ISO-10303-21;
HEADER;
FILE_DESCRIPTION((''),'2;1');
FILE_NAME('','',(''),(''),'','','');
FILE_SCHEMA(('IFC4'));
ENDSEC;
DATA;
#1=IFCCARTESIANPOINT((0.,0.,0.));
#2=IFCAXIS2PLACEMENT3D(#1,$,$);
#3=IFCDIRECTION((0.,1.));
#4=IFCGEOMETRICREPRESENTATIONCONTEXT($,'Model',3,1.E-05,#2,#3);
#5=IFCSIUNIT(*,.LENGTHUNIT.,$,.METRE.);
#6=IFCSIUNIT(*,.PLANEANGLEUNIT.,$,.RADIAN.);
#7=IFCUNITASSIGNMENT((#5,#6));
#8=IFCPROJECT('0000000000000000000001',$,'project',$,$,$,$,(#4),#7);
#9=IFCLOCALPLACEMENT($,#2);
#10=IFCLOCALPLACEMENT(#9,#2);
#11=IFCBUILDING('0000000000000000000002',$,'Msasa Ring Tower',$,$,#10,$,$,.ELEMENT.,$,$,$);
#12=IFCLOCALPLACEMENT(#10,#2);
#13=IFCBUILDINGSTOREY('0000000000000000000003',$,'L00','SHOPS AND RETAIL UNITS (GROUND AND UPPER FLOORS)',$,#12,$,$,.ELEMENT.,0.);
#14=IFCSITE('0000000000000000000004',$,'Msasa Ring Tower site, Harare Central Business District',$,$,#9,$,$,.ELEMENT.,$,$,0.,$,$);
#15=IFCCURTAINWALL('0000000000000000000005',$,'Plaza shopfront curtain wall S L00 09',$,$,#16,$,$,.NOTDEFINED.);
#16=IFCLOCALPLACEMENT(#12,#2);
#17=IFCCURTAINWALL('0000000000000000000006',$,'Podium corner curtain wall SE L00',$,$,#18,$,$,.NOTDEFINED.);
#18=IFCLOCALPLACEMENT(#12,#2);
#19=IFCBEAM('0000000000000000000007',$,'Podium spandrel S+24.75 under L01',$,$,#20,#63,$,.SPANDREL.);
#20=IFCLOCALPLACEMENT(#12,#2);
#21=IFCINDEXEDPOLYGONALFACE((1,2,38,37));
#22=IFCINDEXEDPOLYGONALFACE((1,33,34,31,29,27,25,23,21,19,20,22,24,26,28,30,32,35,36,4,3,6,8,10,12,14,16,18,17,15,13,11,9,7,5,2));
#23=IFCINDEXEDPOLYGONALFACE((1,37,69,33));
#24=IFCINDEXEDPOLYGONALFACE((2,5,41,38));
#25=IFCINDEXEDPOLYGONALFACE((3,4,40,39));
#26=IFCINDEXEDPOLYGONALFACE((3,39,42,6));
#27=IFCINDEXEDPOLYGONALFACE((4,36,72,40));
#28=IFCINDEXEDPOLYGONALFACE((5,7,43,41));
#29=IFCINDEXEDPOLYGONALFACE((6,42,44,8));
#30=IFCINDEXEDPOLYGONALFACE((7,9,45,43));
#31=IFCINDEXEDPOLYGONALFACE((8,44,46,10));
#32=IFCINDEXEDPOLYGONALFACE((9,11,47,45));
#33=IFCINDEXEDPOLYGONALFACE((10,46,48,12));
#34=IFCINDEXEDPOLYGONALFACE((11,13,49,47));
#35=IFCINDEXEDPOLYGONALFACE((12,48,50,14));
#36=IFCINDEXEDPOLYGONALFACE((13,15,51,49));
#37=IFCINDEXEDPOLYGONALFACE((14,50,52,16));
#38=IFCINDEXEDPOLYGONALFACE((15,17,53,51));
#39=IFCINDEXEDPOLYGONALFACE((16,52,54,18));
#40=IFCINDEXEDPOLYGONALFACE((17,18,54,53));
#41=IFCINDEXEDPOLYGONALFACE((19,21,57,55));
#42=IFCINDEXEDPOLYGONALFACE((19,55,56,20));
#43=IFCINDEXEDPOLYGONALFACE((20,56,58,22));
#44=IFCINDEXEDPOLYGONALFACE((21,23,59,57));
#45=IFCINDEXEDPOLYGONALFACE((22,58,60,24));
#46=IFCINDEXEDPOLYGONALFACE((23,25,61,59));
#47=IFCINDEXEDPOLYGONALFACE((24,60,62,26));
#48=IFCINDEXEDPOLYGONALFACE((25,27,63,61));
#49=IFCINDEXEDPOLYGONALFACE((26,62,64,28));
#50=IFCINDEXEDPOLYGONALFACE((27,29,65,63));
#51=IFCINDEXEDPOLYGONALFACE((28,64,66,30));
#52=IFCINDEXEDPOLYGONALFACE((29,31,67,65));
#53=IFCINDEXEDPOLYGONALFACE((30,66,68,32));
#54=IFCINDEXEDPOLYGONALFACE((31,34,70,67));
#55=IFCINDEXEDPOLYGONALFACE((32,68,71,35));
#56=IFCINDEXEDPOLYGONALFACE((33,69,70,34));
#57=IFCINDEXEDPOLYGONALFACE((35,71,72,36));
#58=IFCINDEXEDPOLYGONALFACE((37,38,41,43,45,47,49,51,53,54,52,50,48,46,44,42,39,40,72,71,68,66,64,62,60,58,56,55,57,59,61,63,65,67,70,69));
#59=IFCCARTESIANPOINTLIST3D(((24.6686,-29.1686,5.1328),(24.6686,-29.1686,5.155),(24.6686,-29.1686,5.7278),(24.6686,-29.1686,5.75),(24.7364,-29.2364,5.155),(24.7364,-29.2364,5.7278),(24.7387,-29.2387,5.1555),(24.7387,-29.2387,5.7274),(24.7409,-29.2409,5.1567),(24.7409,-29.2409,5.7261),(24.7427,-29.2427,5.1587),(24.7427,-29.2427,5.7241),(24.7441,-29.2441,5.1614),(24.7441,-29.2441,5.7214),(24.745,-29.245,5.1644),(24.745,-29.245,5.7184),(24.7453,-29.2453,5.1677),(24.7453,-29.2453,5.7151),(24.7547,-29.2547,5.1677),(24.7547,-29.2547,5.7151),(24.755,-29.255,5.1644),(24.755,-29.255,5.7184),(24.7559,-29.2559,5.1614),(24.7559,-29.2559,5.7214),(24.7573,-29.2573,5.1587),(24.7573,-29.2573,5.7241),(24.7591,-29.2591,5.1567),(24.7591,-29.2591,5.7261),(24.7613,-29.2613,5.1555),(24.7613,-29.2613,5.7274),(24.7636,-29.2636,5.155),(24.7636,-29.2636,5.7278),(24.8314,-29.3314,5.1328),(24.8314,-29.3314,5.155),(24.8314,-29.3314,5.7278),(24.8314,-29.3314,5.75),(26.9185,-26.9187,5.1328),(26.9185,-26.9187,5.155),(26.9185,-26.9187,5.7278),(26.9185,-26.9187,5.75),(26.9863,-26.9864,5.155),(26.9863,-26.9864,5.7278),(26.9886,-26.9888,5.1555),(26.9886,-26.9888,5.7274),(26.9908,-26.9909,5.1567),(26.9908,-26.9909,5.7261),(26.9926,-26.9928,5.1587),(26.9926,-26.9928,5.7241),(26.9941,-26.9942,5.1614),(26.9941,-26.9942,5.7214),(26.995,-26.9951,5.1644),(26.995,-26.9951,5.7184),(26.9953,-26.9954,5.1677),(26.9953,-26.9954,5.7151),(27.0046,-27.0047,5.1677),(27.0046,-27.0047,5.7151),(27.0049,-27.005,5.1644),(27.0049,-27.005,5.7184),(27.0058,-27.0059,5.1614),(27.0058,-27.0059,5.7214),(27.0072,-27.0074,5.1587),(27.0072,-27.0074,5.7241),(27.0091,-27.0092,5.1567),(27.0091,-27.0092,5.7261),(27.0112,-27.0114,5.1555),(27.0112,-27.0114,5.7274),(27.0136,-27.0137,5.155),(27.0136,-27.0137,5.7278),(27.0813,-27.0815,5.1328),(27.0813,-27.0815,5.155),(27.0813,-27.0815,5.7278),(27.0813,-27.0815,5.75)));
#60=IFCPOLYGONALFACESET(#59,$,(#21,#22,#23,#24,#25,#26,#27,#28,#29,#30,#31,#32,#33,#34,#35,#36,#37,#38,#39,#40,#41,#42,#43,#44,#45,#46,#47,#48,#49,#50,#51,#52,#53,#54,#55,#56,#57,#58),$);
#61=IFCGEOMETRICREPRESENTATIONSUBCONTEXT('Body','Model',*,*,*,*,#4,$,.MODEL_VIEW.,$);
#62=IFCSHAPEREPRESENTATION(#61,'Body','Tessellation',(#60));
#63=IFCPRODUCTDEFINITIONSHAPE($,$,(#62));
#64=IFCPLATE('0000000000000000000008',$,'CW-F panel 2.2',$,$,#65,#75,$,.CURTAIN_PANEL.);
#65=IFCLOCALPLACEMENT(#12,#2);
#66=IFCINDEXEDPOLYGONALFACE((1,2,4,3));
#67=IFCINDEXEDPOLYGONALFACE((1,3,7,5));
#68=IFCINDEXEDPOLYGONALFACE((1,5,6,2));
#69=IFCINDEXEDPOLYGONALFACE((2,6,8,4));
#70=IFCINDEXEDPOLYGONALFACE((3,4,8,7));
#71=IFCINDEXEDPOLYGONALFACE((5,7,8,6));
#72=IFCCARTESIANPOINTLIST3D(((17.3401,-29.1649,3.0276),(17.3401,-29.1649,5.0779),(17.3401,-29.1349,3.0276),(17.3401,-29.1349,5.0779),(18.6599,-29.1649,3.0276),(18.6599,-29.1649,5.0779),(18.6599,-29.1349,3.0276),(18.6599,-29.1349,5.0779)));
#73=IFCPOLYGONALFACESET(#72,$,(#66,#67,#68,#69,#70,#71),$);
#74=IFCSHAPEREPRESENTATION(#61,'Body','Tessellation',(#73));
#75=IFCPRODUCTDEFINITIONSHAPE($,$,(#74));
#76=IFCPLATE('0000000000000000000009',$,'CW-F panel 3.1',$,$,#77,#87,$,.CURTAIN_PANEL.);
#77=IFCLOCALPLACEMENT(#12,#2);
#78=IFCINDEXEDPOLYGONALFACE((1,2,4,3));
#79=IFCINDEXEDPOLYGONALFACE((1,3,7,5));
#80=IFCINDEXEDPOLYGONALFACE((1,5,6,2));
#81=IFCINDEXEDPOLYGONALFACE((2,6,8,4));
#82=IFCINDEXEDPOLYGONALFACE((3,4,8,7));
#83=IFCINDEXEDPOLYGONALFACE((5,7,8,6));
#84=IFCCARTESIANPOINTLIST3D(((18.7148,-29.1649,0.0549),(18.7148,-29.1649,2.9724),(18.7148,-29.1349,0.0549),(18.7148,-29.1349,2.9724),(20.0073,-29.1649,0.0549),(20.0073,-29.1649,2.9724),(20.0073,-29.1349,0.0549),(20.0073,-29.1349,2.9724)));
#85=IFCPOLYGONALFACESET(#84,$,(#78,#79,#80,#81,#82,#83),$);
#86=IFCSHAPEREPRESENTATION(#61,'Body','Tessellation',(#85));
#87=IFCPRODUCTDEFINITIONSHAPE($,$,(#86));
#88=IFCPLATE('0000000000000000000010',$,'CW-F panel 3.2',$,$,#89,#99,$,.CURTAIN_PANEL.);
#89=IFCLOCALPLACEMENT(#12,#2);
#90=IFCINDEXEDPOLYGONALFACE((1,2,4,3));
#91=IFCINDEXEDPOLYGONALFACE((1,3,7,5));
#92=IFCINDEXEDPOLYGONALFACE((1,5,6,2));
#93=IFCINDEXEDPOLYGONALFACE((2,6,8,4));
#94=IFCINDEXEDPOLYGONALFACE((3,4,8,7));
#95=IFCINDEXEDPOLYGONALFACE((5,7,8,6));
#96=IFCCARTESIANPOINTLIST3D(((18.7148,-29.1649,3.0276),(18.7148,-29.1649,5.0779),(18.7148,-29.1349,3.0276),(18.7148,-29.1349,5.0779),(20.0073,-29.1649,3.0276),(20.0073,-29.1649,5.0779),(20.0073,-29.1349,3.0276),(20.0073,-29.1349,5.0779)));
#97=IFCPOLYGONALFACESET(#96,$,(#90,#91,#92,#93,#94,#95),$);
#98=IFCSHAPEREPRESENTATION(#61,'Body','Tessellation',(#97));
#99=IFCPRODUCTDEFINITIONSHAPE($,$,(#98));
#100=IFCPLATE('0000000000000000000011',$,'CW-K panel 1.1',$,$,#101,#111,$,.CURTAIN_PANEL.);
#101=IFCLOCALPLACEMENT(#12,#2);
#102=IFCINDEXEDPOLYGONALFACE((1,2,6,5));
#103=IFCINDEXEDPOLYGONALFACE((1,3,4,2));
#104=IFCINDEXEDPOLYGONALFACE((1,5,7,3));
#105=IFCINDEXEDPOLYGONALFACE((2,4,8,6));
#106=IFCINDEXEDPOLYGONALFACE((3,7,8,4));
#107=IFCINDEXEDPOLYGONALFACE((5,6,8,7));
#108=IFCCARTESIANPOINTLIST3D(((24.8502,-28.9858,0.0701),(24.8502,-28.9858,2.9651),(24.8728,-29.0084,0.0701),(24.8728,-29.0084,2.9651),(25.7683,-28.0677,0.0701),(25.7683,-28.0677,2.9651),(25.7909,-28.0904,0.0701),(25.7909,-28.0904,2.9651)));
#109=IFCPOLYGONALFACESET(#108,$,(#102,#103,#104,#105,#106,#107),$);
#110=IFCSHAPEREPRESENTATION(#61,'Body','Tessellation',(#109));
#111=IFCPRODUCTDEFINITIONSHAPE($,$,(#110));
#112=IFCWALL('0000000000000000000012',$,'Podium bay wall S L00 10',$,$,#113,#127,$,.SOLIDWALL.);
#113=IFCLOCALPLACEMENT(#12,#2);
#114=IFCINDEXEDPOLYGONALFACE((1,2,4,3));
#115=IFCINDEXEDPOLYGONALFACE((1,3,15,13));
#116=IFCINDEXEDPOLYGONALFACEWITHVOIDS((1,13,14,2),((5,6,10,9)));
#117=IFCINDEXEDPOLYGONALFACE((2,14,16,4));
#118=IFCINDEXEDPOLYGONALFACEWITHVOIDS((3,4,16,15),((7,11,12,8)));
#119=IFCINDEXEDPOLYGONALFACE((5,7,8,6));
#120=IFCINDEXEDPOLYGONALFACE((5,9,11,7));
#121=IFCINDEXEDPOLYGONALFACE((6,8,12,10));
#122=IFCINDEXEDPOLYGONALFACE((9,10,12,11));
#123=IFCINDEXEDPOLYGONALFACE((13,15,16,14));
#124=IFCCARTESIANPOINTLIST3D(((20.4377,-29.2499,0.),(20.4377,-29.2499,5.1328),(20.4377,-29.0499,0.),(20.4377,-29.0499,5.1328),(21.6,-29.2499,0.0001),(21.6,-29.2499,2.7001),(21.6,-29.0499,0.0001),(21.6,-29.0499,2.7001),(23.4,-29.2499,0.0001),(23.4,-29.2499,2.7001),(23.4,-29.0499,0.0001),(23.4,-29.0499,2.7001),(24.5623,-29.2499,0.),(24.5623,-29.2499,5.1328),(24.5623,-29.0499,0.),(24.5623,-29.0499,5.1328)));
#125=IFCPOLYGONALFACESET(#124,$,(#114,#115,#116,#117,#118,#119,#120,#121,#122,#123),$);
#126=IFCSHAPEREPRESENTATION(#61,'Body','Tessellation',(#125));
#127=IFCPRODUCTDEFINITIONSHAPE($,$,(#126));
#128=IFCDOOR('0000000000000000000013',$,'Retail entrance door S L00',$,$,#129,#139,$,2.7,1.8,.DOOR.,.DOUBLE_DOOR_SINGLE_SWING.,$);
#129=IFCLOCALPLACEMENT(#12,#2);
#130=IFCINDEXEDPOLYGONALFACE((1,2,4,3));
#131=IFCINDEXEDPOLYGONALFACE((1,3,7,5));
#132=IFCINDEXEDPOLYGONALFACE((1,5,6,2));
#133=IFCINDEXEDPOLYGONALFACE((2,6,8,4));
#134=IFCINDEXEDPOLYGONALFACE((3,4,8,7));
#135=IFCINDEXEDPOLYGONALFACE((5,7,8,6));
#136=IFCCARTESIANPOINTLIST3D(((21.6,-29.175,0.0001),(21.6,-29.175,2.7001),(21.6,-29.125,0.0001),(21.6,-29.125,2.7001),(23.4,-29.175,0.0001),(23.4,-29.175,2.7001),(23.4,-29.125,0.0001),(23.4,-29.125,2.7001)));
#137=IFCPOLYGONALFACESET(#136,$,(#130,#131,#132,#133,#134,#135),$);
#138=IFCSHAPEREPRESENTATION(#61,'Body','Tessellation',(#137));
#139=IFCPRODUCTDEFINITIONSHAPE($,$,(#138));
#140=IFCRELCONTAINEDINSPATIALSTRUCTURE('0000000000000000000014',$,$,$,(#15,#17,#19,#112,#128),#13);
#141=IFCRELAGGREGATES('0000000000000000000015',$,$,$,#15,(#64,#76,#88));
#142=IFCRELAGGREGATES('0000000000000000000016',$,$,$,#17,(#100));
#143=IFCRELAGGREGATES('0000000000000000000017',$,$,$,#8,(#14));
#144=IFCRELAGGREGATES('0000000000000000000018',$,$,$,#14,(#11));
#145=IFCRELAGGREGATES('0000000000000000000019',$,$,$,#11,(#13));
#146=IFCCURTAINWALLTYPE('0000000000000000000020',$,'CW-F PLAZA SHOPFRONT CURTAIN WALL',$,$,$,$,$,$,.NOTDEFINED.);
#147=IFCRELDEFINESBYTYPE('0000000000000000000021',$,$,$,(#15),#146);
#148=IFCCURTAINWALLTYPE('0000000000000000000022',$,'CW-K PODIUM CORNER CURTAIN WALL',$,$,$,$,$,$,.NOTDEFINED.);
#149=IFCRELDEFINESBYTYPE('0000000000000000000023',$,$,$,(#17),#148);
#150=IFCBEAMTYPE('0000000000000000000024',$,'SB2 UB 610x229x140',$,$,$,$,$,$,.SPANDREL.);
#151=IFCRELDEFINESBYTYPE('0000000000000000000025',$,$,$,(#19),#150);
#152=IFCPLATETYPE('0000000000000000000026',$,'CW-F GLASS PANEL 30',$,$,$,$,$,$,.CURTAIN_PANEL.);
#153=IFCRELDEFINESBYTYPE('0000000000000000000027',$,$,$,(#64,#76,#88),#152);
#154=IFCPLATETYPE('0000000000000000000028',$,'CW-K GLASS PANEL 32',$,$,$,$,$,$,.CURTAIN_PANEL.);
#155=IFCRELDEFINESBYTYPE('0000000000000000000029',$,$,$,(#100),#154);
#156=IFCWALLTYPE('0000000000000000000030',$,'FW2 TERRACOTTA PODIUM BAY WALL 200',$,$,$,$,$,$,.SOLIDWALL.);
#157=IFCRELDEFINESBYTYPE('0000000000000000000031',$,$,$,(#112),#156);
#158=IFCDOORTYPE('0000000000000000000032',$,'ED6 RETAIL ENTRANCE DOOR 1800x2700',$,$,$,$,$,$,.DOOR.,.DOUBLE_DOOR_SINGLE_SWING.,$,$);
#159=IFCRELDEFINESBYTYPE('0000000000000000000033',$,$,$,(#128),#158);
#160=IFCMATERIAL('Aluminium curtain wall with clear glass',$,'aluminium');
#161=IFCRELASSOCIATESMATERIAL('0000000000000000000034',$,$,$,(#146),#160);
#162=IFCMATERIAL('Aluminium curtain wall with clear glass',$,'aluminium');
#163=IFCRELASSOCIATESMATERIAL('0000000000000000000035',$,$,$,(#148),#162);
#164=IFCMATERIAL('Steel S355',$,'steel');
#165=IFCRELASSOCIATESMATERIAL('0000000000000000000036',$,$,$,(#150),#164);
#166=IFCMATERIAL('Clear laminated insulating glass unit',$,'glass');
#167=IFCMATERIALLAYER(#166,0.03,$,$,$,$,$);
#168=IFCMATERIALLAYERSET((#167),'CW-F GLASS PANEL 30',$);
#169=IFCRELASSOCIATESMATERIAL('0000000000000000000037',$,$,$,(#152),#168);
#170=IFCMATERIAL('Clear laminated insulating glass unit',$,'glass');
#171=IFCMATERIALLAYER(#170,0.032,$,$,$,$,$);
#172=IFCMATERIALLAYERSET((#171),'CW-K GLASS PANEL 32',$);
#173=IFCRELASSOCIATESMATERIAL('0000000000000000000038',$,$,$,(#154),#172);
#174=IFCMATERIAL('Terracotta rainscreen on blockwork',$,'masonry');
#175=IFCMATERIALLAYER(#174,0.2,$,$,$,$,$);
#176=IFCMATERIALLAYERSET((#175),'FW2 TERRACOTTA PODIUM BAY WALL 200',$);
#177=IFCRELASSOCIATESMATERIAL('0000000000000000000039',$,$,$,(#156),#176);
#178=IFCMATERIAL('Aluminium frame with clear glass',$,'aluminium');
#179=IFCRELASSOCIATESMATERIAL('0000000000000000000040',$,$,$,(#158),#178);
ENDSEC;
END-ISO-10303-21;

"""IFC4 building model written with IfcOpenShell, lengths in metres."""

from ifc_helpers import new_model, si_unit, direction, frame, frame_2d, origin, origin_2d, place, context, subcontext, project, spatial, rectangle, i_section, extrude, material, layer, layer_set, material_profile, profile_set, type_object, element, fill, aggregate, save


model = new_model("IFC4")

# Units and contexts
model_context = context("Model", 3, precision=1e-05, world=origin(), true_north=direction((0.0, 1.0)))
body_context = subcontext(model_context, "Body", "Model", "MODEL_VIEW")
ifc_project = project(units=[si_unit("LENGTHUNIT", "METRE"), si_unit("PLANEANGLEUNIT", "RADIAN")], contexts=[model_context])

# Site, building, storey
site_placement = place(None, origin())
site = spatial("IfcSite", under=ifc_project, at=site_placement, Name="Msasa Ring Tower site, Harare Central Business District", CompositionType="ELEMENT", RefElevation=0.0)
building_placement = place(site_placement, origin())
building = spatial("IfcBuilding", under=site, at=building_placement, Name="Msasa Ring Tower", CompositionType="ELEMENT")
storey_placement = place(building_placement, origin())
storey = spatial("IfcBuildingStorey", under=building, at=storey_placement, Name="L00", Description="SHOPS AND RETAIL UNITS (GROUND AND UPPER FLOORS)", CompositionType="ELEMENT", Elevation=0.0)

# Curtain walls
ifc_material_1 = material(Name="Aluminium curtain wall with clear glass", Category="aluminium")
curtain_wall_type_1 = type_object("IfcCurtainWallType", Name="CW-F PLAZA SHOPFRONT CURTAIN WALL", PredefinedType="NOTDEFINED", material=ifc_material_1)
curtain_wall_1_placement = place(storey_placement, origin())
curtain_wall_1 = element("IfcCurtainWall", 1, at=curtain_wall_1_placement, inside=storey, type_object=curtain_wall_type_1, Name="Plaza shopfront curtain wall S L00 09", PredefinedType="NOTDEFINED")
ifc_material_2 = material(Name="Aluminium curtain wall with clear glass", Category="aluminium")
curtain_wall_type_2 = type_object("IfcCurtainWallType", Name="CW-K PODIUM CORNER CURTAIN WALL", PredefinedType="NOTDEFINED", material=ifc_material_2)
curtain_wall_2_placement = place(storey_placement, origin())
curtain_wall_2 = element("IfcCurtainWall", 2, at=curtain_wall_2_placement, inside=storey, type_object=curtain_wall_type_2, Name="Podium corner curtain wall SE L00", PredefinedType="NOTDEFINED")

# Beam
ifc_material_3 = material(Name="Steel S355", Category="steel")
ifc_material_profile_1 = material_profile(ifc_material_3, i_section(OverallWidth=0.2302, OverallDepth=0.6172, WebThickness=0.0132, FlangeThickness=0.0222, FilletRadius=0.0127, at=origin_2d()), Name="UB 610x229x140")
ifc_profile_set_1 = profile_set([ifc_material_profile_1], Name="Steel S355")
beam_type_1 = type_object("IfcBeamType", Name="SB2 UB 610x229x140", PredefinedType="SPANDREL", material=ifc_profile_set_1)
beam_1_placement = place(storey_placement, frame((24.75, -29.25, 5.4414), z_axis=(0.707107, 0.707107, 0.0), x_axis=(-0.707107, 0.707107, 0.0)))
element("IfcBeam", 3, at=beam_1_placement, inside=storey, type_object=beam_type_1, Name="Podium spandrel S+24.75 under L01", PredefinedType="SPANDREL", context=body_context, shape_type="SweptSolid", body=[
    extrude(i_section(OverallWidth=0.2302, OverallDepth=0.6172, WebThickness=0.0132, FlangeThickness=0.0222, FilletRadius=0.0127, at=origin_2d()), origin(), (0.0, 0.0, 1.0), 3.1819),
])

# Plates
ifc_material_4 = material(Name="Clear laminated insulating glass unit", Category="glass")
ifc_layer_1 = layer(ifc_material_4, 0.03)
ifc_layer_set_1 = layer_set([ifc_layer_1], Name="CW-F GLASS PANEL 30")
plate_type_1 = type_object("IfcPlateType", Name="CW-F GLASS PANEL 30", PredefinedType="CURTAIN_PANEL", material=ifc_layer_set_1)
plate_1_placement = place(storey_placement, frame((18.0, -29.1499, 3.0276), z_axis=(0.0, 0.0, 1.0), x_axis=(1.0, 0.0, 0.0)))
plate_1 = element("IfcPlate", 4, at=plate_1_placement, type_object=plate_type_1, Name="CW-F panel 2.2", PredefinedType="CURTAIN_PANEL", context=body_context, shape_type="SweptSolid", body=[
    extrude(rectangle(XDim=1.3198, YDim=0.03, at=origin_2d()), origin(), (0.0, 0.0, 1.0), 2.0503),
])
plate_2_placement = place(storey_placement, frame((19.3611, -29.1499, 0.0549), z_axis=(0.0, 0.0, 1.0), x_axis=(1.0, 0.0, 0.0)))
plate_2 = element("IfcPlate", 5, at=plate_2_placement, type_object=plate_type_1, Name="CW-F panel 3.1", PredefinedType="CURTAIN_PANEL", context=body_context, shape_type="SweptSolid", body=[
    extrude(rectangle(XDim=1.2925, YDim=0.03, at=origin_2d()), origin(), (0.0, 0.0, 1.0), 2.9175),
])
plate_3_placement = place(storey_placement, frame((19.3611, -29.1499, 3.0276), z_axis=(0.0, 0.0, 1.0), x_axis=(1.0, 0.0, 0.0)))
plate_3 = element("IfcPlate", 6, at=plate_3_placement, type_object=plate_type_1, Name="CW-F panel 3.2", PredefinedType="CURTAIN_PANEL", context=body_context, shape_type="SweptSolid", body=[
    extrude(rectangle(XDim=1.2925, YDim=0.03, at=origin_2d()), origin(), (0.0, 0.0, 1.0), 2.0503),
])
aggregate(curtain_wall_1, [plate_1, plate_2, plate_3])
ifc_material_5 = material(Name="Clear laminated insulating glass unit", Category="glass")
ifc_layer_2 = layer(ifc_material_5, 0.032)
ifc_layer_set_2 = layer_set([ifc_layer_2], Name="CW-K GLASS PANEL 32")
plate_type_2 = type_object("IfcPlateType", Name="CW-K GLASS PANEL 32", PredefinedType="CURTAIN_PANEL", material=ifc_layer_set_2)
plate_4_placement = place(storey_placement, frame((25.3206, -28.5381, 0.0701), z_axis=(0.0, 0.0, 1.0), x_axis=(0.707107, 0.707107, 0.0)))
plate_4 = element("IfcPlate", 7, at=plate_4_placement, type_object=plate_type_2, Name="CW-K panel 1.1", PredefinedType="CURTAIN_PANEL", context=body_context, shape_type="SweptSolid", body=[
    extrude(rectangle(XDim=1.2983, YDim=0.032, at=origin_2d()), origin(), (0.0, 0.0, 1.0), 2.895),
])
aggregate(curtain_wall_2, [plate_4])

# Wall, opening, door
ifc_material_6 = material(Name="Terracotta rainscreen on blockwork", Category="masonry")
ifc_layer_3 = layer(ifc_material_6, 0.2)
ifc_layer_set_3 = layer_set([ifc_layer_3], Name="FW2 TERRACOTTA PODIUM BAY WALL 200")
wall_type = type_object("IfcWallType", Name="FW2 TERRACOTTA PODIUM BAY WALL 200", PredefinedType="SOLIDWALL", material=ifc_layer_set_3)
wall_placement = place(storey_placement, frame((20.4377, -29.1499, 0.0), z_axis=(0.0, 0.0, 1.0), x_axis=(1.0, 0.0, 0.0)))
wall = element("IfcWall", 8, at=wall_placement, inside=storey, type_object=wall_type, Name="Podium bay wall S L00 10", PredefinedType="SOLIDWALL", context=body_context, shape_type="SweptSolid", body=[
    extrude(rectangle(XDim=4.1245, YDim=0.2, at=frame_2d((2.0623, 0.0))), origin(), (0.0, 0.0, 1.0), 5.1328),
])
opening_placement = place(wall_placement, frame((1.1624, 0.0, 0.0)))
opening = element("IfcOpeningElement", 9, at=opening_placement, cuts=wall, PredefinedType="OPENING", context=body_context, shape_type="SweptSolid", body=[
    extrude(rectangle(XDim=1.8, YDim=2.7, at=frame_2d((0.8999, 1.3501))), frame((0.0, 0.1099, 0.0), z_axis=(0.0, -1.0, 0.0), x_axis=(1.0, 0.0, 0.0)), (0.0, 0.0, 1.0), 0.22),
])
ifc_material_7 = material(Name="Aluminium frame with clear glass", Category="aluminium")
door_type = type_object("IfcDoorType", Name="ED6 RETAIL ENTRANCE DOOR 1800x2700", OperationType="DOUBLE_DOOR_SINGLE_SWING", PredefinedType="DOOR", material=ifc_material_7)
door_placement = place(opening_placement, origin())
door = element("IfcDoor", 10, at=door_placement, inside=storey, type_object=door_type, Name="Retail entrance door S L00", OperationType="DOUBLE_DOOR_SINGLE_SWING", OverallHeight=2.7, OverallWidth=1.8, PredefinedType="DOOR", context=body_context, shape_type="SweptSolid", body=[
    extrude(rectangle(XDim=1.8, YDim=2.7, at=frame_2d((0.8999, 1.3501))), frame((0.0, 0.0249, 0.0), z_axis=(0.0, -1.0, 0.0), x_axis=(1.0, 0.0, 0.0)), (0.0, 0.0, 1.0), 0.05),
])
fill(opening, door)

save(model, "model.ifc")
